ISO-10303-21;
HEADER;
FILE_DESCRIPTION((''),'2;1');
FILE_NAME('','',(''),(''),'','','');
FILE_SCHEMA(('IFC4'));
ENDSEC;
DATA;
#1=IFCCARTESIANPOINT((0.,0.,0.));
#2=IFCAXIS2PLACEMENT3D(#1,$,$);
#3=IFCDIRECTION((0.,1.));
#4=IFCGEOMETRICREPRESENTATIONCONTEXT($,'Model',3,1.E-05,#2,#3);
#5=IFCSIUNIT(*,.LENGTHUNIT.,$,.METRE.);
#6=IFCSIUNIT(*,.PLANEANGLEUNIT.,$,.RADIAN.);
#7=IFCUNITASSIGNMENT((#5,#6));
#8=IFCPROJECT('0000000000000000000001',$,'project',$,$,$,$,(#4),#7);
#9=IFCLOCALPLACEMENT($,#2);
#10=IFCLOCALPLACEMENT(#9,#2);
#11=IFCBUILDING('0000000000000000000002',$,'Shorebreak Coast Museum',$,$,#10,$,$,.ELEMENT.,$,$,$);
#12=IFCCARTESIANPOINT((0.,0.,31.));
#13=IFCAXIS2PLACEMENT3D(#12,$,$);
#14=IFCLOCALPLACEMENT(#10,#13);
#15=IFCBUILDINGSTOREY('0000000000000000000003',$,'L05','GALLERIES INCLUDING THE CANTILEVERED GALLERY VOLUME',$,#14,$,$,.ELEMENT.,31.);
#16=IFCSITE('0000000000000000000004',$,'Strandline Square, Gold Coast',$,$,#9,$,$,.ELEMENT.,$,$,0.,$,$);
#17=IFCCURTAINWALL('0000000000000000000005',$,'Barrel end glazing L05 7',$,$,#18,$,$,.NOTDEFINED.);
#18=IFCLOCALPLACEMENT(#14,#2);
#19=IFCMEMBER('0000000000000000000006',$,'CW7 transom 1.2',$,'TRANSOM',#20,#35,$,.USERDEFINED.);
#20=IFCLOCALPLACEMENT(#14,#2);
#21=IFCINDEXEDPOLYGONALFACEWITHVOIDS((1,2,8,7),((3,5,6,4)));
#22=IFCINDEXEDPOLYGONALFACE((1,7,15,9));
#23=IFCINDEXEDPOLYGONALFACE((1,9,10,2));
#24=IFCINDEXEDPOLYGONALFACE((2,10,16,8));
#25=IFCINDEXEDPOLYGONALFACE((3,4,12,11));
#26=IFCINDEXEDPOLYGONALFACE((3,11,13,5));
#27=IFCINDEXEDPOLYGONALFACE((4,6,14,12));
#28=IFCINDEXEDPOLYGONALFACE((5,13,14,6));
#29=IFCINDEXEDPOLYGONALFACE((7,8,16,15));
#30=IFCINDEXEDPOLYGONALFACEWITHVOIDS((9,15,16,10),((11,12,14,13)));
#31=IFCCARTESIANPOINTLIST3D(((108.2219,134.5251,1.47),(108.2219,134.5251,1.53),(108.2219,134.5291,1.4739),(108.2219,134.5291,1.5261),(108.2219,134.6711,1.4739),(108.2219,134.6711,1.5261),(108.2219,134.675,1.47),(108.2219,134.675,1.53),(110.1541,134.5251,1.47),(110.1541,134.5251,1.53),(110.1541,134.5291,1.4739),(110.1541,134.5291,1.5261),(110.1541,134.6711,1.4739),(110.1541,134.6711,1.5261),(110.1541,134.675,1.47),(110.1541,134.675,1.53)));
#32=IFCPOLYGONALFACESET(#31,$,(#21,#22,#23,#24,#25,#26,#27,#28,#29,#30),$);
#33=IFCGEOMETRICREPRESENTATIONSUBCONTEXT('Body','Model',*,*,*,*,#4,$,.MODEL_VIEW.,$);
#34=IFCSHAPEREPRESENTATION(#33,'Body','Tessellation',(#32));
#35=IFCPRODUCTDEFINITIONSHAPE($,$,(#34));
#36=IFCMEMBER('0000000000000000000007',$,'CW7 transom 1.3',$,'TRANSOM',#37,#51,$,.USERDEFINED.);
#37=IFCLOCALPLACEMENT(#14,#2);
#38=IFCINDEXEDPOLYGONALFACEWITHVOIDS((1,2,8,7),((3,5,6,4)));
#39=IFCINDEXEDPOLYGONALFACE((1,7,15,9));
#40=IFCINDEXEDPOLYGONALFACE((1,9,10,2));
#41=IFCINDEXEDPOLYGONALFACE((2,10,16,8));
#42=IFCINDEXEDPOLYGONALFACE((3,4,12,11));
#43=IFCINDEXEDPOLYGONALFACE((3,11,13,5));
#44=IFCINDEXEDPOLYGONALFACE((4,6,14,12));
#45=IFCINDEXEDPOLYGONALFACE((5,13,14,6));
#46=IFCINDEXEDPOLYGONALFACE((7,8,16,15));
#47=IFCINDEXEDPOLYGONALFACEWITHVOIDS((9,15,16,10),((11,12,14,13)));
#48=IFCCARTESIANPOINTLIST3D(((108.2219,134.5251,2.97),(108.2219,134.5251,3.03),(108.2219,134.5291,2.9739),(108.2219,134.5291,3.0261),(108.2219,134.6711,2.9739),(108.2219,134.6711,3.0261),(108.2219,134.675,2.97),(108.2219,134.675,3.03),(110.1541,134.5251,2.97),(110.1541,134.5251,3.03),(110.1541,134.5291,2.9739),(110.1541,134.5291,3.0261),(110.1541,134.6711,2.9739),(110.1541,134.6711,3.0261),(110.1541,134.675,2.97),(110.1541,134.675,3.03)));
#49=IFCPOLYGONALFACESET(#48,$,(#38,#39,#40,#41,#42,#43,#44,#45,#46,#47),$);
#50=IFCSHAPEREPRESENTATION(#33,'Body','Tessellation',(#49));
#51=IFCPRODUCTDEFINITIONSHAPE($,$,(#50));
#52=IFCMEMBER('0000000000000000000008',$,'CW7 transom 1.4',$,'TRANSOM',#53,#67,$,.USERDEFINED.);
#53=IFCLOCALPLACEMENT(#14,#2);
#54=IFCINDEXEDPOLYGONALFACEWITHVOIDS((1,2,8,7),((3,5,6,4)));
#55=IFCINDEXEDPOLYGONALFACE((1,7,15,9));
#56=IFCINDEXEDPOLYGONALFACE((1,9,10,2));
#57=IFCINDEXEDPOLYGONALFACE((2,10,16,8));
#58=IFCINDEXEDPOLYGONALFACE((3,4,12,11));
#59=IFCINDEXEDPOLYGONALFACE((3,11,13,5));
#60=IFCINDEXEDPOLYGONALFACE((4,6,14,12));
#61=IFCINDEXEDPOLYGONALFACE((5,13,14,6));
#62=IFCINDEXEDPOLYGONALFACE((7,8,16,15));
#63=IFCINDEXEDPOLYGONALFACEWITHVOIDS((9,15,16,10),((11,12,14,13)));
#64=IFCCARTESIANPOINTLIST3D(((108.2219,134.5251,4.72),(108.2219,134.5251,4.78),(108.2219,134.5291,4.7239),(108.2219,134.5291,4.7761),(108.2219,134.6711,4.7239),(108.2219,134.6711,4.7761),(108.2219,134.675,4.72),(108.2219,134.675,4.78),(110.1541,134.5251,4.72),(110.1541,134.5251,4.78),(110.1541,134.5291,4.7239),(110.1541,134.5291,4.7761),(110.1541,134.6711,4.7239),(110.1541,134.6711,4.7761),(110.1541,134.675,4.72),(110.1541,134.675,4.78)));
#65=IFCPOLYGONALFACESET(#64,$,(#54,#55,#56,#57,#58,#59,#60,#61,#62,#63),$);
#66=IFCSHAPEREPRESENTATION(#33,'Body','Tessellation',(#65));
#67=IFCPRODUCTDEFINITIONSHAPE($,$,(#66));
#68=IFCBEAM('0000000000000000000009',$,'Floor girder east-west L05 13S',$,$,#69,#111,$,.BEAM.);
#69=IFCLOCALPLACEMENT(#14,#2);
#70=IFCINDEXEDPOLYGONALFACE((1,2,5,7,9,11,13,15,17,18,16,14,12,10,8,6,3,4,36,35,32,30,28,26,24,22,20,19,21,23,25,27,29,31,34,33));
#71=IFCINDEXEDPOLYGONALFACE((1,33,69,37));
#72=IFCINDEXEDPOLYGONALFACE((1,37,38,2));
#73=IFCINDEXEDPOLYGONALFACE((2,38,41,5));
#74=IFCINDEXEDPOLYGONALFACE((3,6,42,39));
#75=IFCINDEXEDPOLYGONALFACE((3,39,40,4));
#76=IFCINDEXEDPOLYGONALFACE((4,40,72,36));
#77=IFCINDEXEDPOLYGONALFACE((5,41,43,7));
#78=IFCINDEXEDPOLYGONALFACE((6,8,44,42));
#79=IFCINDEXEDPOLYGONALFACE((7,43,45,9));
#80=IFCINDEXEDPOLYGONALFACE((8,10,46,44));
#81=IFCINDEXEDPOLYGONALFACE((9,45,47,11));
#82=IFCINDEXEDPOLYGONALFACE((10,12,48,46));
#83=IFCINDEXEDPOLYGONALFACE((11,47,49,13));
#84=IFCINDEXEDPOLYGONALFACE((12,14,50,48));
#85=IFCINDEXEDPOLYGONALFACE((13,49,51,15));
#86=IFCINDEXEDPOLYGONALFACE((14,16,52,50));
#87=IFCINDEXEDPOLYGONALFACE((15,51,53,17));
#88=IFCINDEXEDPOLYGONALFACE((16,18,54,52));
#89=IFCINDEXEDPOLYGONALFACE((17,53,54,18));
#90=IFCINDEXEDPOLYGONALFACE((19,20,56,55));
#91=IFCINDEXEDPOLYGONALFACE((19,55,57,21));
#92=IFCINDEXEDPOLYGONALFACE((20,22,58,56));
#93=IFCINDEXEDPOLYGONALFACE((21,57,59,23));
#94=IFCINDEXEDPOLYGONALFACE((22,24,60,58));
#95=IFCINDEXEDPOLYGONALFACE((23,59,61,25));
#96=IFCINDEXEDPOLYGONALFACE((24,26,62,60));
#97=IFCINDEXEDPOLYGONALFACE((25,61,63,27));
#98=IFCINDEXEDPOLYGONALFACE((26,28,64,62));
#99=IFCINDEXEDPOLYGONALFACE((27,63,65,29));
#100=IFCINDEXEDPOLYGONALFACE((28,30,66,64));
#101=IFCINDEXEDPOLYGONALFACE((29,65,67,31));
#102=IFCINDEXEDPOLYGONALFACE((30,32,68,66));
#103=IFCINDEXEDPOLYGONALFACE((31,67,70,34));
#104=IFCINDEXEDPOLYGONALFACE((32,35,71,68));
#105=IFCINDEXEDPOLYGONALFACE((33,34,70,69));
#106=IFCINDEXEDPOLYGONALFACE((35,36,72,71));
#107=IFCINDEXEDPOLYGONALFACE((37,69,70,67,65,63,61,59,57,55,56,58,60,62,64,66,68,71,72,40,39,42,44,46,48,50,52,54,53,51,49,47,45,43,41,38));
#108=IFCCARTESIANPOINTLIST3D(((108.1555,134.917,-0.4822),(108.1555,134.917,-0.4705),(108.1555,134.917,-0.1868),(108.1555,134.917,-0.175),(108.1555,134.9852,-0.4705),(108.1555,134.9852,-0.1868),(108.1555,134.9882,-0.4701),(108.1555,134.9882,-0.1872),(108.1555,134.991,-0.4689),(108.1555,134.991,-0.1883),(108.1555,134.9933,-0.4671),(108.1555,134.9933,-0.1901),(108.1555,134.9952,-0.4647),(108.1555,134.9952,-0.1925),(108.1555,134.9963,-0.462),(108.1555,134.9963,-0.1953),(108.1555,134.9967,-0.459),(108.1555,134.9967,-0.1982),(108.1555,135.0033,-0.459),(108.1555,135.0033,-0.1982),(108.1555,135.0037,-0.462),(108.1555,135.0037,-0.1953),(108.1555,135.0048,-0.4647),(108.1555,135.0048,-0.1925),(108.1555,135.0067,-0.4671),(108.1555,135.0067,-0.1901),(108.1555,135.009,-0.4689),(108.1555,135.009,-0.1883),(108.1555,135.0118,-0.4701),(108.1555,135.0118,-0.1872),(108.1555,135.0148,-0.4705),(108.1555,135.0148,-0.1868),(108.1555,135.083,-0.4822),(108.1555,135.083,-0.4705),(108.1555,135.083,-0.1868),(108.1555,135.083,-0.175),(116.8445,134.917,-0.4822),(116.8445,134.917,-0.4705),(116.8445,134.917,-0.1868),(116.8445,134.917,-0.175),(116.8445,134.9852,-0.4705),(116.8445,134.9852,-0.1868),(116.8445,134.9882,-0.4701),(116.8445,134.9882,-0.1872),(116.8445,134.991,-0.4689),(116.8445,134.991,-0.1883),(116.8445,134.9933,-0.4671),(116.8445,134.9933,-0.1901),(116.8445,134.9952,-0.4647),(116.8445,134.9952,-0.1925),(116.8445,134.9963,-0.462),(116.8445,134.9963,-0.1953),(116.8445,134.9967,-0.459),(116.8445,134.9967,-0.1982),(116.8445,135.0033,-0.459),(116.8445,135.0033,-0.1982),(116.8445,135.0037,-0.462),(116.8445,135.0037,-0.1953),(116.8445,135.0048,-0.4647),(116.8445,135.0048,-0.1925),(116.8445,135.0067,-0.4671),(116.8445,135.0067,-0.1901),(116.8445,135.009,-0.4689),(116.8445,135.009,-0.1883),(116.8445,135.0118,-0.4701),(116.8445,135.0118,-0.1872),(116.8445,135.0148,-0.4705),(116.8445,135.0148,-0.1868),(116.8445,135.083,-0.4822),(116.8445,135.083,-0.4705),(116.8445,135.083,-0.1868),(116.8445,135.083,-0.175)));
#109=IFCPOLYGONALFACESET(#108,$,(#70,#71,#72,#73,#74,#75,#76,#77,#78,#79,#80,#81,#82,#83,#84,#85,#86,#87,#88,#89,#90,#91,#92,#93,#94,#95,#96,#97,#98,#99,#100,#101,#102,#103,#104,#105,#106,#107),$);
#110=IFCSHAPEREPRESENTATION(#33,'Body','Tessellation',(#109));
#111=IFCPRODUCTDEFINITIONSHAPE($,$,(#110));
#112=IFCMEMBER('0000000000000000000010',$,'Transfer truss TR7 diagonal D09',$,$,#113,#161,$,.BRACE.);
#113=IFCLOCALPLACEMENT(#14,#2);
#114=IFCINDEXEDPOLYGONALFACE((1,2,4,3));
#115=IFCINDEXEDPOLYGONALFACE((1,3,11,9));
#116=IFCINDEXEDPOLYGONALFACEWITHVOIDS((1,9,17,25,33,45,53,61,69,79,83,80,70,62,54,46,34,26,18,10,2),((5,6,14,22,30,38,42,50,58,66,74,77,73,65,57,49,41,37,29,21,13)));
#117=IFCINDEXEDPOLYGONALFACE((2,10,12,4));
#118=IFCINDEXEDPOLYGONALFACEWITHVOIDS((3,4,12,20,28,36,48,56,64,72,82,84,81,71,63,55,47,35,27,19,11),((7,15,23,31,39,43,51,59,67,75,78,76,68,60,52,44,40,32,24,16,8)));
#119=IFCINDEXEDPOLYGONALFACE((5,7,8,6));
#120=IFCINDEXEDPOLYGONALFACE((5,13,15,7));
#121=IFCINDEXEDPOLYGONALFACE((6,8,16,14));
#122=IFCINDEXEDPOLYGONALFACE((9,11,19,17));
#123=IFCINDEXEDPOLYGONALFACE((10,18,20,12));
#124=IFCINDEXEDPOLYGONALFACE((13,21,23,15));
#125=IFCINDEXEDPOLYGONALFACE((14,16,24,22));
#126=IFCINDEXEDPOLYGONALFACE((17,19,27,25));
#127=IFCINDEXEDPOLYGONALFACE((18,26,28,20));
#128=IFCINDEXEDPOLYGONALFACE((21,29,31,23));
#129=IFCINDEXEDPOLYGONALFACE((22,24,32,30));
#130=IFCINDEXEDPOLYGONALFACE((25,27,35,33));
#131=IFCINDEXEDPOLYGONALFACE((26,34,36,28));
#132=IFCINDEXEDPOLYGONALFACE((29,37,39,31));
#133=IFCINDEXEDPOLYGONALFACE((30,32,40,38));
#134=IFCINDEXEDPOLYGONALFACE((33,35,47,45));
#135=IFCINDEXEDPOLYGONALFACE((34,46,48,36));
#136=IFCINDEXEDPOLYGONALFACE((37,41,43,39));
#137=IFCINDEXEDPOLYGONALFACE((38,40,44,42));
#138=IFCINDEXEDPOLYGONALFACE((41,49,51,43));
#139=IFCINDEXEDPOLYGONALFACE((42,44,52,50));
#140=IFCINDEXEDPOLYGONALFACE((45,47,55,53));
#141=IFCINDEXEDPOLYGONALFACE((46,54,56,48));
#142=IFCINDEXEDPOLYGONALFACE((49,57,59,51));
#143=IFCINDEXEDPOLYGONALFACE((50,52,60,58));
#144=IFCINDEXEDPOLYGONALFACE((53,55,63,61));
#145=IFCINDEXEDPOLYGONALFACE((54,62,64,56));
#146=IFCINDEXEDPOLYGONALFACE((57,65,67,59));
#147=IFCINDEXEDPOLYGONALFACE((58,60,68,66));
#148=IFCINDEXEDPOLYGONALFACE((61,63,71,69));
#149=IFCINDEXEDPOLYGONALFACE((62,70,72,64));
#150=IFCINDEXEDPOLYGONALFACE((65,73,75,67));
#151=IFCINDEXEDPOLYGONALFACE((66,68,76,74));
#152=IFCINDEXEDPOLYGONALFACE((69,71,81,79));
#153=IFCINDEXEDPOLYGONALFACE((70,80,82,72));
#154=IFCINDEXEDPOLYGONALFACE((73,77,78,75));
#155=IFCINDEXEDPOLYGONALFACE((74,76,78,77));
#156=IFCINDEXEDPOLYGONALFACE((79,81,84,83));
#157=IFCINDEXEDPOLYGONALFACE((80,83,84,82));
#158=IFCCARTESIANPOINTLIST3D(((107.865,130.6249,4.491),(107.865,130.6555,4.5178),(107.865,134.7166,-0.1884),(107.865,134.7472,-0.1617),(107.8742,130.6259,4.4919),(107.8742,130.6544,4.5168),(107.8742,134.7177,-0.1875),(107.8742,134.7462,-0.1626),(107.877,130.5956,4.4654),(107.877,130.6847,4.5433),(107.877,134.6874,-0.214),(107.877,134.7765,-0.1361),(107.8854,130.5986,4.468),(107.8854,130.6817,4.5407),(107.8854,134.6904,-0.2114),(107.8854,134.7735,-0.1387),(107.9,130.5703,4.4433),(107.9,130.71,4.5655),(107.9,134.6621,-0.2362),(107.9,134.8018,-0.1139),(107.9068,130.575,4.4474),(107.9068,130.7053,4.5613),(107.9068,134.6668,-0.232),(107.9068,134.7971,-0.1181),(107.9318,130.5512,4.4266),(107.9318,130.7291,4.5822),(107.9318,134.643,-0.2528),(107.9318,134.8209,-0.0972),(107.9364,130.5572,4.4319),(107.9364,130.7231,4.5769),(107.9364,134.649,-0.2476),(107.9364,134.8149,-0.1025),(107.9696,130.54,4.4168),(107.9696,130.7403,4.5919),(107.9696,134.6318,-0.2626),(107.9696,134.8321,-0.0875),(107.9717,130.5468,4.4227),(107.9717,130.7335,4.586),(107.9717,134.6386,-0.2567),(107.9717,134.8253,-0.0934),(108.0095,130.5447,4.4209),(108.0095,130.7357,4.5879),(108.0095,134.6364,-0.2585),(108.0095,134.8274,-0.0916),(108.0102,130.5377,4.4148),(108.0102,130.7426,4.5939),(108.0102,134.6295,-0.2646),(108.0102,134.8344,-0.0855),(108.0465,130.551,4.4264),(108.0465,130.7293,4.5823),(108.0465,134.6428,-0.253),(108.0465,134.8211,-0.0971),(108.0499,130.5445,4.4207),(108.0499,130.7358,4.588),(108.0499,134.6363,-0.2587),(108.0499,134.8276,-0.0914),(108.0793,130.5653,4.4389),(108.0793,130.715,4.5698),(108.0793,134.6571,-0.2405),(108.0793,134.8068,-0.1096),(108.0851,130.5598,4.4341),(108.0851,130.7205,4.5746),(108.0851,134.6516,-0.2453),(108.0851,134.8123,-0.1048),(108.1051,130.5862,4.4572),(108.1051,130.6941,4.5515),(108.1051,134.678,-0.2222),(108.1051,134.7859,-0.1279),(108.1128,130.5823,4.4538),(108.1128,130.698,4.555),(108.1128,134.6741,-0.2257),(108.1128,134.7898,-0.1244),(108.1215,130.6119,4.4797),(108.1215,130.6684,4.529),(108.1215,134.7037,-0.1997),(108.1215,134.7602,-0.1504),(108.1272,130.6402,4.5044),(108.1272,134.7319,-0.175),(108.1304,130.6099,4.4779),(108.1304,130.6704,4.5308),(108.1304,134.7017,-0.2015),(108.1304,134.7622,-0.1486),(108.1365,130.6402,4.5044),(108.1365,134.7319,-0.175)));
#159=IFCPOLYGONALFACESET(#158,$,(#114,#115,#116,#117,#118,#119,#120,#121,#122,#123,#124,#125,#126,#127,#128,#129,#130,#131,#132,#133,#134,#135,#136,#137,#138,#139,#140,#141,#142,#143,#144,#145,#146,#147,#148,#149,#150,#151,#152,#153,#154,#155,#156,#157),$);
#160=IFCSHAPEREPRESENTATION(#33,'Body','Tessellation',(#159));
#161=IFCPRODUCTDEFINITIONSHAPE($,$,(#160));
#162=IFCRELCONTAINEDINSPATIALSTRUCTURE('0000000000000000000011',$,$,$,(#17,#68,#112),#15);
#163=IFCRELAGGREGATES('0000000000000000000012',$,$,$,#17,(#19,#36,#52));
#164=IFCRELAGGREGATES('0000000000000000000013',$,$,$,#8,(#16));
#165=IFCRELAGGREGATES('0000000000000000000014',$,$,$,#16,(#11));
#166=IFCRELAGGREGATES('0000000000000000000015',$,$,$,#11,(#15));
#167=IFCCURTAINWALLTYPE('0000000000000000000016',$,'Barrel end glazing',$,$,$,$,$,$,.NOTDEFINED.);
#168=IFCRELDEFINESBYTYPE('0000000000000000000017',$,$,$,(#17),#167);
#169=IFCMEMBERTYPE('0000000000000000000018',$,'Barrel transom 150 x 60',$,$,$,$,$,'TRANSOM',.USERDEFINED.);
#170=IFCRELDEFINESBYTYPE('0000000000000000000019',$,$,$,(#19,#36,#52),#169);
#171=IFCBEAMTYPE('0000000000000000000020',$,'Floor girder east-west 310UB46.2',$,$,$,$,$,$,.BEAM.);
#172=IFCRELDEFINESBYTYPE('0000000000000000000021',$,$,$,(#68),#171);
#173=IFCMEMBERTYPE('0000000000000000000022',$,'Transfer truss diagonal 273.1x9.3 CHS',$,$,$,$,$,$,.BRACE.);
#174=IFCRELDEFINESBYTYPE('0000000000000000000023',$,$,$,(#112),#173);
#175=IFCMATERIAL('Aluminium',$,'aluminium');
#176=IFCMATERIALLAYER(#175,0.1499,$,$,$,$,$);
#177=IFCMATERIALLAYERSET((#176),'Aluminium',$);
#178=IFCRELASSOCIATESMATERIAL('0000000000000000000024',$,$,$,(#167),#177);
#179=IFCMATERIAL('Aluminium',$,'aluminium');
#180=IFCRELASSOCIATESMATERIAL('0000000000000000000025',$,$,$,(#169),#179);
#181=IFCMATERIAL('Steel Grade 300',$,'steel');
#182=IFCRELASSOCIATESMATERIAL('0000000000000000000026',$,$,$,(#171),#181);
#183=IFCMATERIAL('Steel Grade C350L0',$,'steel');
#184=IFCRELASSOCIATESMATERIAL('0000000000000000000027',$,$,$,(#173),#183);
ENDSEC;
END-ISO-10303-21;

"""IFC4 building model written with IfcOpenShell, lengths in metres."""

from ifc_helpers import new_model, si_unit, direction, frame, origin, origin_2d, place, context, subcontext, project, spatial, hollow_rectangle, hollow_circle, i_section, extrude, material, layer, layer_set, material_profile, profile_set, type_object, element, aggregate, save


model = new_model("IFC4")

# Units and contexts
model_context = context("Model", 3, precision=1e-05, world=origin(), true_north=direction((0.0, 1.0)))
body_context = subcontext(model_context, "Body", "Model", "MODEL_VIEW")
ifc_project = project(units=[si_unit("LENGTHUNIT", "METRE"), si_unit("PLANEANGLEUNIT", "RADIAN")], contexts=[model_context])

# Site, building, storey
site_placement = place(None, origin())
site = spatial("IfcSite", under=ifc_project, at=site_placement, Name="Strandline Square, Gold Coast", CompositionType="ELEMENT", RefElevation=0.0)
building_placement = place(site_placement, origin())
building = spatial("IfcBuilding", under=site, at=building_placement, Name="Shorebreak Coast Museum", CompositionType="ELEMENT")
storey_placement = place(building_placement, frame((0.0, 0.0, 31.0)))
storey = spatial("IfcBuildingStorey", under=building, at=storey_placement, Name="L05", Description="GALLERIES INCLUDING THE CANTILEVERED GALLERY VOLUME", CompositionType="ELEMENT", Elevation=31.0)

# Shared definitions
ifc_material_1 = material(Name="Aluminium", Category="aluminium")
ifc_layer_1 = layer(ifc_material_1, 0.1499)
ifc_layer_set_1 = layer_set([ifc_layer_1], Name="Aluminium")
curtain_wall_type = type_object("IfcCurtainWallType", Name="Barrel end glazing", PredefinedType="NOTDEFINED", material=ifc_layer_set_1)

# Curtain wall
curtain_wall_1_placement = place(storey_placement, origin())
curtain_wall_1 = element("IfcCurtainWall", 1, at=curtain_wall_1_placement, inside=storey, type_object=curtain_wall_type, Name="Barrel end glazing L05 7", PredefinedType="NOTDEFINED")

# Members
ifc_material_2 = material(Name="Aluminium", Category="aluminium")
ifc_material_profile_1 = material_profile(ifc_material_2, hollow_rectangle(XDim=0.1499, YDim=0.0601, WallThickness=0.0039, at=origin_2d()), Name="AL 60x150 RHS")
ifc_profile_set_1 = profile_set([ifc_material_profile_1], Name="Aluminium")
member_type_1 = type_object("IfcMemberType", Name="Barrel transom 150 x 60", ElementType="TRANSOM", PredefinedType="USERDEFINED", material=ifc_profile_set_1)
member_1_placement = place(storey_placement, frame((108.2219, 134.6001, 1.5), z_axis=(1.0, 0.0, 0.0), x_axis=(0.0, 1.0, 0.0)))
member_1 = element("IfcMember", 2, at=member_1_placement, type_object=member_type_1, Name="CW7 transom 1.2", ObjectType="TRANSOM", PredefinedType="USERDEFINED", context=body_context, shape_type="SweptSolid", body=[
    extrude(hollow_rectangle(XDim=0.1499, YDim=0.0601, WallThickness=0.0039, at=origin_2d()), origin(), (0.0, 0.0, 1.0), 1.9321),
])
member_2_placement = place(storey_placement, frame((108.2219, 134.6001, 3.0), z_axis=(1.0, 0.0, 0.0), x_axis=(0.0, 1.0, 0.0)))
member_2 = element("IfcMember", 3, at=member_2_placement, type_object=member_type_1, Name="CW7 transom 1.3", ObjectType="TRANSOM", PredefinedType="USERDEFINED", context=body_context, shape_type="SweptSolid", body=[
    extrude(hollow_rectangle(XDim=0.1499, YDim=0.0601, WallThickness=0.0039, at=origin_2d()), origin(), (0.0, 0.0, 1.0), 1.9321),
])
member_3_placement = place(storey_placement, frame((108.2219, 134.6001, 4.75), z_axis=(1.0, 0.0, 0.0), x_axis=(0.0, 1.0, 0.0)))
member_3 = element("IfcMember", 4, at=member_3_placement, type_object=member_type_1, Name="CW7 transom 1.4", ObjectType="TRANSOM", PredefinedType="USERDEFINED", context=body_context, shape_type="SweptSolid", body=[
    extrude(hollow_rectangle(XDim=0.1499, YDim=0.0601, WallThickness=0.0039, at=origin_2d()), origin(), (0.0, 0.0, 1.0), 1.9321),
])

# Beam
ifc_material_3 = material(Name="Steel Grade 300", Category="steel")
ifc_material_profile_2 = material_profile(ifc_material_3, i_section(OverallWidth=0.166, OverallDepth=0.3071, WebThickness=0.0066, FlangeThickness=0.0117, FilletRadius=0.0115, at=origin_2d()), Name="310UB46.2")
ifc_profile_set_2 = profile_set([ifc_material_profile_2], Name="Steel Grade 300")
beam_type = type_object("IfcBeamType", Name="Floor girder east-west 310UB46.2", PredefinedType="BEAM", material=ifc_profile_set_2)
beam_placement = place(storey_placement, frame((108.1555, 135.0, -0.3286), z_axis=(1.0, 0.0, 0.0), x_axis=(0.0, 1.0, 0.0)))
element("IfcBeam", 5, at=beam_placement, inside=storey, type_object=beam_type, Name="Floor girder east-west L05 13S", PredefinedType="BEAM", context=body_context, shape_type="SweptSolid", body=[
    extrude(i_section(OverallWidth=0.166, OverallDepth=0.3071, WebThickness=0.0066, FlangeThickness=0.0117, FilletRadius=0.0115, at=origin_2d()), origin(), (0.0, 0.0, 1.0), 8.689),
])

# Member
ifc_material_4 = material(Name="Steel Grade C350L0", Category="steel")
ifc_material_profile_3 = material_profile(ifc_material_4, hollow_circle(Radius=0.1365, WallThickness=0.0093, at=origin_2d()), Name="273.1x9.3 CHS")
ifc_profile_set_3 = profile_set([ifc_material_profile_3], Name="Steel Grade C350L0")
member_type_2 = type_object("IfcMemberType", Name="Transfer truss diagonal 273.1x9.3 CHS", PredefinedType="BRACE", material=ifc_profile_set_3)
member_4_placement = place(storey_placement, frame((108.0, 134.7319, -0.175), z_axis=(0.0, -0.658257, 0.752793), x_axis=(1.0, 0.0, 0.0)))
element("IfcMember", 6, at=member_4_placement, inside=storey, type_object=member_type_2, Name="Transfer truss TR7 diagonal D09", PredefinedType="BRACE", context=body_context, shape_type="SweptSolid", body=[
    extrude(hollow_circle(Radius=0.1365, WallThickness=0.0093, at=origin_2d()), origin(), (0.0, 0.0, 1.0), 6.2161),
])

aggregate(curtain_wall_1, [member_1, member_2, member_3])

save(model, "model.ifc")
